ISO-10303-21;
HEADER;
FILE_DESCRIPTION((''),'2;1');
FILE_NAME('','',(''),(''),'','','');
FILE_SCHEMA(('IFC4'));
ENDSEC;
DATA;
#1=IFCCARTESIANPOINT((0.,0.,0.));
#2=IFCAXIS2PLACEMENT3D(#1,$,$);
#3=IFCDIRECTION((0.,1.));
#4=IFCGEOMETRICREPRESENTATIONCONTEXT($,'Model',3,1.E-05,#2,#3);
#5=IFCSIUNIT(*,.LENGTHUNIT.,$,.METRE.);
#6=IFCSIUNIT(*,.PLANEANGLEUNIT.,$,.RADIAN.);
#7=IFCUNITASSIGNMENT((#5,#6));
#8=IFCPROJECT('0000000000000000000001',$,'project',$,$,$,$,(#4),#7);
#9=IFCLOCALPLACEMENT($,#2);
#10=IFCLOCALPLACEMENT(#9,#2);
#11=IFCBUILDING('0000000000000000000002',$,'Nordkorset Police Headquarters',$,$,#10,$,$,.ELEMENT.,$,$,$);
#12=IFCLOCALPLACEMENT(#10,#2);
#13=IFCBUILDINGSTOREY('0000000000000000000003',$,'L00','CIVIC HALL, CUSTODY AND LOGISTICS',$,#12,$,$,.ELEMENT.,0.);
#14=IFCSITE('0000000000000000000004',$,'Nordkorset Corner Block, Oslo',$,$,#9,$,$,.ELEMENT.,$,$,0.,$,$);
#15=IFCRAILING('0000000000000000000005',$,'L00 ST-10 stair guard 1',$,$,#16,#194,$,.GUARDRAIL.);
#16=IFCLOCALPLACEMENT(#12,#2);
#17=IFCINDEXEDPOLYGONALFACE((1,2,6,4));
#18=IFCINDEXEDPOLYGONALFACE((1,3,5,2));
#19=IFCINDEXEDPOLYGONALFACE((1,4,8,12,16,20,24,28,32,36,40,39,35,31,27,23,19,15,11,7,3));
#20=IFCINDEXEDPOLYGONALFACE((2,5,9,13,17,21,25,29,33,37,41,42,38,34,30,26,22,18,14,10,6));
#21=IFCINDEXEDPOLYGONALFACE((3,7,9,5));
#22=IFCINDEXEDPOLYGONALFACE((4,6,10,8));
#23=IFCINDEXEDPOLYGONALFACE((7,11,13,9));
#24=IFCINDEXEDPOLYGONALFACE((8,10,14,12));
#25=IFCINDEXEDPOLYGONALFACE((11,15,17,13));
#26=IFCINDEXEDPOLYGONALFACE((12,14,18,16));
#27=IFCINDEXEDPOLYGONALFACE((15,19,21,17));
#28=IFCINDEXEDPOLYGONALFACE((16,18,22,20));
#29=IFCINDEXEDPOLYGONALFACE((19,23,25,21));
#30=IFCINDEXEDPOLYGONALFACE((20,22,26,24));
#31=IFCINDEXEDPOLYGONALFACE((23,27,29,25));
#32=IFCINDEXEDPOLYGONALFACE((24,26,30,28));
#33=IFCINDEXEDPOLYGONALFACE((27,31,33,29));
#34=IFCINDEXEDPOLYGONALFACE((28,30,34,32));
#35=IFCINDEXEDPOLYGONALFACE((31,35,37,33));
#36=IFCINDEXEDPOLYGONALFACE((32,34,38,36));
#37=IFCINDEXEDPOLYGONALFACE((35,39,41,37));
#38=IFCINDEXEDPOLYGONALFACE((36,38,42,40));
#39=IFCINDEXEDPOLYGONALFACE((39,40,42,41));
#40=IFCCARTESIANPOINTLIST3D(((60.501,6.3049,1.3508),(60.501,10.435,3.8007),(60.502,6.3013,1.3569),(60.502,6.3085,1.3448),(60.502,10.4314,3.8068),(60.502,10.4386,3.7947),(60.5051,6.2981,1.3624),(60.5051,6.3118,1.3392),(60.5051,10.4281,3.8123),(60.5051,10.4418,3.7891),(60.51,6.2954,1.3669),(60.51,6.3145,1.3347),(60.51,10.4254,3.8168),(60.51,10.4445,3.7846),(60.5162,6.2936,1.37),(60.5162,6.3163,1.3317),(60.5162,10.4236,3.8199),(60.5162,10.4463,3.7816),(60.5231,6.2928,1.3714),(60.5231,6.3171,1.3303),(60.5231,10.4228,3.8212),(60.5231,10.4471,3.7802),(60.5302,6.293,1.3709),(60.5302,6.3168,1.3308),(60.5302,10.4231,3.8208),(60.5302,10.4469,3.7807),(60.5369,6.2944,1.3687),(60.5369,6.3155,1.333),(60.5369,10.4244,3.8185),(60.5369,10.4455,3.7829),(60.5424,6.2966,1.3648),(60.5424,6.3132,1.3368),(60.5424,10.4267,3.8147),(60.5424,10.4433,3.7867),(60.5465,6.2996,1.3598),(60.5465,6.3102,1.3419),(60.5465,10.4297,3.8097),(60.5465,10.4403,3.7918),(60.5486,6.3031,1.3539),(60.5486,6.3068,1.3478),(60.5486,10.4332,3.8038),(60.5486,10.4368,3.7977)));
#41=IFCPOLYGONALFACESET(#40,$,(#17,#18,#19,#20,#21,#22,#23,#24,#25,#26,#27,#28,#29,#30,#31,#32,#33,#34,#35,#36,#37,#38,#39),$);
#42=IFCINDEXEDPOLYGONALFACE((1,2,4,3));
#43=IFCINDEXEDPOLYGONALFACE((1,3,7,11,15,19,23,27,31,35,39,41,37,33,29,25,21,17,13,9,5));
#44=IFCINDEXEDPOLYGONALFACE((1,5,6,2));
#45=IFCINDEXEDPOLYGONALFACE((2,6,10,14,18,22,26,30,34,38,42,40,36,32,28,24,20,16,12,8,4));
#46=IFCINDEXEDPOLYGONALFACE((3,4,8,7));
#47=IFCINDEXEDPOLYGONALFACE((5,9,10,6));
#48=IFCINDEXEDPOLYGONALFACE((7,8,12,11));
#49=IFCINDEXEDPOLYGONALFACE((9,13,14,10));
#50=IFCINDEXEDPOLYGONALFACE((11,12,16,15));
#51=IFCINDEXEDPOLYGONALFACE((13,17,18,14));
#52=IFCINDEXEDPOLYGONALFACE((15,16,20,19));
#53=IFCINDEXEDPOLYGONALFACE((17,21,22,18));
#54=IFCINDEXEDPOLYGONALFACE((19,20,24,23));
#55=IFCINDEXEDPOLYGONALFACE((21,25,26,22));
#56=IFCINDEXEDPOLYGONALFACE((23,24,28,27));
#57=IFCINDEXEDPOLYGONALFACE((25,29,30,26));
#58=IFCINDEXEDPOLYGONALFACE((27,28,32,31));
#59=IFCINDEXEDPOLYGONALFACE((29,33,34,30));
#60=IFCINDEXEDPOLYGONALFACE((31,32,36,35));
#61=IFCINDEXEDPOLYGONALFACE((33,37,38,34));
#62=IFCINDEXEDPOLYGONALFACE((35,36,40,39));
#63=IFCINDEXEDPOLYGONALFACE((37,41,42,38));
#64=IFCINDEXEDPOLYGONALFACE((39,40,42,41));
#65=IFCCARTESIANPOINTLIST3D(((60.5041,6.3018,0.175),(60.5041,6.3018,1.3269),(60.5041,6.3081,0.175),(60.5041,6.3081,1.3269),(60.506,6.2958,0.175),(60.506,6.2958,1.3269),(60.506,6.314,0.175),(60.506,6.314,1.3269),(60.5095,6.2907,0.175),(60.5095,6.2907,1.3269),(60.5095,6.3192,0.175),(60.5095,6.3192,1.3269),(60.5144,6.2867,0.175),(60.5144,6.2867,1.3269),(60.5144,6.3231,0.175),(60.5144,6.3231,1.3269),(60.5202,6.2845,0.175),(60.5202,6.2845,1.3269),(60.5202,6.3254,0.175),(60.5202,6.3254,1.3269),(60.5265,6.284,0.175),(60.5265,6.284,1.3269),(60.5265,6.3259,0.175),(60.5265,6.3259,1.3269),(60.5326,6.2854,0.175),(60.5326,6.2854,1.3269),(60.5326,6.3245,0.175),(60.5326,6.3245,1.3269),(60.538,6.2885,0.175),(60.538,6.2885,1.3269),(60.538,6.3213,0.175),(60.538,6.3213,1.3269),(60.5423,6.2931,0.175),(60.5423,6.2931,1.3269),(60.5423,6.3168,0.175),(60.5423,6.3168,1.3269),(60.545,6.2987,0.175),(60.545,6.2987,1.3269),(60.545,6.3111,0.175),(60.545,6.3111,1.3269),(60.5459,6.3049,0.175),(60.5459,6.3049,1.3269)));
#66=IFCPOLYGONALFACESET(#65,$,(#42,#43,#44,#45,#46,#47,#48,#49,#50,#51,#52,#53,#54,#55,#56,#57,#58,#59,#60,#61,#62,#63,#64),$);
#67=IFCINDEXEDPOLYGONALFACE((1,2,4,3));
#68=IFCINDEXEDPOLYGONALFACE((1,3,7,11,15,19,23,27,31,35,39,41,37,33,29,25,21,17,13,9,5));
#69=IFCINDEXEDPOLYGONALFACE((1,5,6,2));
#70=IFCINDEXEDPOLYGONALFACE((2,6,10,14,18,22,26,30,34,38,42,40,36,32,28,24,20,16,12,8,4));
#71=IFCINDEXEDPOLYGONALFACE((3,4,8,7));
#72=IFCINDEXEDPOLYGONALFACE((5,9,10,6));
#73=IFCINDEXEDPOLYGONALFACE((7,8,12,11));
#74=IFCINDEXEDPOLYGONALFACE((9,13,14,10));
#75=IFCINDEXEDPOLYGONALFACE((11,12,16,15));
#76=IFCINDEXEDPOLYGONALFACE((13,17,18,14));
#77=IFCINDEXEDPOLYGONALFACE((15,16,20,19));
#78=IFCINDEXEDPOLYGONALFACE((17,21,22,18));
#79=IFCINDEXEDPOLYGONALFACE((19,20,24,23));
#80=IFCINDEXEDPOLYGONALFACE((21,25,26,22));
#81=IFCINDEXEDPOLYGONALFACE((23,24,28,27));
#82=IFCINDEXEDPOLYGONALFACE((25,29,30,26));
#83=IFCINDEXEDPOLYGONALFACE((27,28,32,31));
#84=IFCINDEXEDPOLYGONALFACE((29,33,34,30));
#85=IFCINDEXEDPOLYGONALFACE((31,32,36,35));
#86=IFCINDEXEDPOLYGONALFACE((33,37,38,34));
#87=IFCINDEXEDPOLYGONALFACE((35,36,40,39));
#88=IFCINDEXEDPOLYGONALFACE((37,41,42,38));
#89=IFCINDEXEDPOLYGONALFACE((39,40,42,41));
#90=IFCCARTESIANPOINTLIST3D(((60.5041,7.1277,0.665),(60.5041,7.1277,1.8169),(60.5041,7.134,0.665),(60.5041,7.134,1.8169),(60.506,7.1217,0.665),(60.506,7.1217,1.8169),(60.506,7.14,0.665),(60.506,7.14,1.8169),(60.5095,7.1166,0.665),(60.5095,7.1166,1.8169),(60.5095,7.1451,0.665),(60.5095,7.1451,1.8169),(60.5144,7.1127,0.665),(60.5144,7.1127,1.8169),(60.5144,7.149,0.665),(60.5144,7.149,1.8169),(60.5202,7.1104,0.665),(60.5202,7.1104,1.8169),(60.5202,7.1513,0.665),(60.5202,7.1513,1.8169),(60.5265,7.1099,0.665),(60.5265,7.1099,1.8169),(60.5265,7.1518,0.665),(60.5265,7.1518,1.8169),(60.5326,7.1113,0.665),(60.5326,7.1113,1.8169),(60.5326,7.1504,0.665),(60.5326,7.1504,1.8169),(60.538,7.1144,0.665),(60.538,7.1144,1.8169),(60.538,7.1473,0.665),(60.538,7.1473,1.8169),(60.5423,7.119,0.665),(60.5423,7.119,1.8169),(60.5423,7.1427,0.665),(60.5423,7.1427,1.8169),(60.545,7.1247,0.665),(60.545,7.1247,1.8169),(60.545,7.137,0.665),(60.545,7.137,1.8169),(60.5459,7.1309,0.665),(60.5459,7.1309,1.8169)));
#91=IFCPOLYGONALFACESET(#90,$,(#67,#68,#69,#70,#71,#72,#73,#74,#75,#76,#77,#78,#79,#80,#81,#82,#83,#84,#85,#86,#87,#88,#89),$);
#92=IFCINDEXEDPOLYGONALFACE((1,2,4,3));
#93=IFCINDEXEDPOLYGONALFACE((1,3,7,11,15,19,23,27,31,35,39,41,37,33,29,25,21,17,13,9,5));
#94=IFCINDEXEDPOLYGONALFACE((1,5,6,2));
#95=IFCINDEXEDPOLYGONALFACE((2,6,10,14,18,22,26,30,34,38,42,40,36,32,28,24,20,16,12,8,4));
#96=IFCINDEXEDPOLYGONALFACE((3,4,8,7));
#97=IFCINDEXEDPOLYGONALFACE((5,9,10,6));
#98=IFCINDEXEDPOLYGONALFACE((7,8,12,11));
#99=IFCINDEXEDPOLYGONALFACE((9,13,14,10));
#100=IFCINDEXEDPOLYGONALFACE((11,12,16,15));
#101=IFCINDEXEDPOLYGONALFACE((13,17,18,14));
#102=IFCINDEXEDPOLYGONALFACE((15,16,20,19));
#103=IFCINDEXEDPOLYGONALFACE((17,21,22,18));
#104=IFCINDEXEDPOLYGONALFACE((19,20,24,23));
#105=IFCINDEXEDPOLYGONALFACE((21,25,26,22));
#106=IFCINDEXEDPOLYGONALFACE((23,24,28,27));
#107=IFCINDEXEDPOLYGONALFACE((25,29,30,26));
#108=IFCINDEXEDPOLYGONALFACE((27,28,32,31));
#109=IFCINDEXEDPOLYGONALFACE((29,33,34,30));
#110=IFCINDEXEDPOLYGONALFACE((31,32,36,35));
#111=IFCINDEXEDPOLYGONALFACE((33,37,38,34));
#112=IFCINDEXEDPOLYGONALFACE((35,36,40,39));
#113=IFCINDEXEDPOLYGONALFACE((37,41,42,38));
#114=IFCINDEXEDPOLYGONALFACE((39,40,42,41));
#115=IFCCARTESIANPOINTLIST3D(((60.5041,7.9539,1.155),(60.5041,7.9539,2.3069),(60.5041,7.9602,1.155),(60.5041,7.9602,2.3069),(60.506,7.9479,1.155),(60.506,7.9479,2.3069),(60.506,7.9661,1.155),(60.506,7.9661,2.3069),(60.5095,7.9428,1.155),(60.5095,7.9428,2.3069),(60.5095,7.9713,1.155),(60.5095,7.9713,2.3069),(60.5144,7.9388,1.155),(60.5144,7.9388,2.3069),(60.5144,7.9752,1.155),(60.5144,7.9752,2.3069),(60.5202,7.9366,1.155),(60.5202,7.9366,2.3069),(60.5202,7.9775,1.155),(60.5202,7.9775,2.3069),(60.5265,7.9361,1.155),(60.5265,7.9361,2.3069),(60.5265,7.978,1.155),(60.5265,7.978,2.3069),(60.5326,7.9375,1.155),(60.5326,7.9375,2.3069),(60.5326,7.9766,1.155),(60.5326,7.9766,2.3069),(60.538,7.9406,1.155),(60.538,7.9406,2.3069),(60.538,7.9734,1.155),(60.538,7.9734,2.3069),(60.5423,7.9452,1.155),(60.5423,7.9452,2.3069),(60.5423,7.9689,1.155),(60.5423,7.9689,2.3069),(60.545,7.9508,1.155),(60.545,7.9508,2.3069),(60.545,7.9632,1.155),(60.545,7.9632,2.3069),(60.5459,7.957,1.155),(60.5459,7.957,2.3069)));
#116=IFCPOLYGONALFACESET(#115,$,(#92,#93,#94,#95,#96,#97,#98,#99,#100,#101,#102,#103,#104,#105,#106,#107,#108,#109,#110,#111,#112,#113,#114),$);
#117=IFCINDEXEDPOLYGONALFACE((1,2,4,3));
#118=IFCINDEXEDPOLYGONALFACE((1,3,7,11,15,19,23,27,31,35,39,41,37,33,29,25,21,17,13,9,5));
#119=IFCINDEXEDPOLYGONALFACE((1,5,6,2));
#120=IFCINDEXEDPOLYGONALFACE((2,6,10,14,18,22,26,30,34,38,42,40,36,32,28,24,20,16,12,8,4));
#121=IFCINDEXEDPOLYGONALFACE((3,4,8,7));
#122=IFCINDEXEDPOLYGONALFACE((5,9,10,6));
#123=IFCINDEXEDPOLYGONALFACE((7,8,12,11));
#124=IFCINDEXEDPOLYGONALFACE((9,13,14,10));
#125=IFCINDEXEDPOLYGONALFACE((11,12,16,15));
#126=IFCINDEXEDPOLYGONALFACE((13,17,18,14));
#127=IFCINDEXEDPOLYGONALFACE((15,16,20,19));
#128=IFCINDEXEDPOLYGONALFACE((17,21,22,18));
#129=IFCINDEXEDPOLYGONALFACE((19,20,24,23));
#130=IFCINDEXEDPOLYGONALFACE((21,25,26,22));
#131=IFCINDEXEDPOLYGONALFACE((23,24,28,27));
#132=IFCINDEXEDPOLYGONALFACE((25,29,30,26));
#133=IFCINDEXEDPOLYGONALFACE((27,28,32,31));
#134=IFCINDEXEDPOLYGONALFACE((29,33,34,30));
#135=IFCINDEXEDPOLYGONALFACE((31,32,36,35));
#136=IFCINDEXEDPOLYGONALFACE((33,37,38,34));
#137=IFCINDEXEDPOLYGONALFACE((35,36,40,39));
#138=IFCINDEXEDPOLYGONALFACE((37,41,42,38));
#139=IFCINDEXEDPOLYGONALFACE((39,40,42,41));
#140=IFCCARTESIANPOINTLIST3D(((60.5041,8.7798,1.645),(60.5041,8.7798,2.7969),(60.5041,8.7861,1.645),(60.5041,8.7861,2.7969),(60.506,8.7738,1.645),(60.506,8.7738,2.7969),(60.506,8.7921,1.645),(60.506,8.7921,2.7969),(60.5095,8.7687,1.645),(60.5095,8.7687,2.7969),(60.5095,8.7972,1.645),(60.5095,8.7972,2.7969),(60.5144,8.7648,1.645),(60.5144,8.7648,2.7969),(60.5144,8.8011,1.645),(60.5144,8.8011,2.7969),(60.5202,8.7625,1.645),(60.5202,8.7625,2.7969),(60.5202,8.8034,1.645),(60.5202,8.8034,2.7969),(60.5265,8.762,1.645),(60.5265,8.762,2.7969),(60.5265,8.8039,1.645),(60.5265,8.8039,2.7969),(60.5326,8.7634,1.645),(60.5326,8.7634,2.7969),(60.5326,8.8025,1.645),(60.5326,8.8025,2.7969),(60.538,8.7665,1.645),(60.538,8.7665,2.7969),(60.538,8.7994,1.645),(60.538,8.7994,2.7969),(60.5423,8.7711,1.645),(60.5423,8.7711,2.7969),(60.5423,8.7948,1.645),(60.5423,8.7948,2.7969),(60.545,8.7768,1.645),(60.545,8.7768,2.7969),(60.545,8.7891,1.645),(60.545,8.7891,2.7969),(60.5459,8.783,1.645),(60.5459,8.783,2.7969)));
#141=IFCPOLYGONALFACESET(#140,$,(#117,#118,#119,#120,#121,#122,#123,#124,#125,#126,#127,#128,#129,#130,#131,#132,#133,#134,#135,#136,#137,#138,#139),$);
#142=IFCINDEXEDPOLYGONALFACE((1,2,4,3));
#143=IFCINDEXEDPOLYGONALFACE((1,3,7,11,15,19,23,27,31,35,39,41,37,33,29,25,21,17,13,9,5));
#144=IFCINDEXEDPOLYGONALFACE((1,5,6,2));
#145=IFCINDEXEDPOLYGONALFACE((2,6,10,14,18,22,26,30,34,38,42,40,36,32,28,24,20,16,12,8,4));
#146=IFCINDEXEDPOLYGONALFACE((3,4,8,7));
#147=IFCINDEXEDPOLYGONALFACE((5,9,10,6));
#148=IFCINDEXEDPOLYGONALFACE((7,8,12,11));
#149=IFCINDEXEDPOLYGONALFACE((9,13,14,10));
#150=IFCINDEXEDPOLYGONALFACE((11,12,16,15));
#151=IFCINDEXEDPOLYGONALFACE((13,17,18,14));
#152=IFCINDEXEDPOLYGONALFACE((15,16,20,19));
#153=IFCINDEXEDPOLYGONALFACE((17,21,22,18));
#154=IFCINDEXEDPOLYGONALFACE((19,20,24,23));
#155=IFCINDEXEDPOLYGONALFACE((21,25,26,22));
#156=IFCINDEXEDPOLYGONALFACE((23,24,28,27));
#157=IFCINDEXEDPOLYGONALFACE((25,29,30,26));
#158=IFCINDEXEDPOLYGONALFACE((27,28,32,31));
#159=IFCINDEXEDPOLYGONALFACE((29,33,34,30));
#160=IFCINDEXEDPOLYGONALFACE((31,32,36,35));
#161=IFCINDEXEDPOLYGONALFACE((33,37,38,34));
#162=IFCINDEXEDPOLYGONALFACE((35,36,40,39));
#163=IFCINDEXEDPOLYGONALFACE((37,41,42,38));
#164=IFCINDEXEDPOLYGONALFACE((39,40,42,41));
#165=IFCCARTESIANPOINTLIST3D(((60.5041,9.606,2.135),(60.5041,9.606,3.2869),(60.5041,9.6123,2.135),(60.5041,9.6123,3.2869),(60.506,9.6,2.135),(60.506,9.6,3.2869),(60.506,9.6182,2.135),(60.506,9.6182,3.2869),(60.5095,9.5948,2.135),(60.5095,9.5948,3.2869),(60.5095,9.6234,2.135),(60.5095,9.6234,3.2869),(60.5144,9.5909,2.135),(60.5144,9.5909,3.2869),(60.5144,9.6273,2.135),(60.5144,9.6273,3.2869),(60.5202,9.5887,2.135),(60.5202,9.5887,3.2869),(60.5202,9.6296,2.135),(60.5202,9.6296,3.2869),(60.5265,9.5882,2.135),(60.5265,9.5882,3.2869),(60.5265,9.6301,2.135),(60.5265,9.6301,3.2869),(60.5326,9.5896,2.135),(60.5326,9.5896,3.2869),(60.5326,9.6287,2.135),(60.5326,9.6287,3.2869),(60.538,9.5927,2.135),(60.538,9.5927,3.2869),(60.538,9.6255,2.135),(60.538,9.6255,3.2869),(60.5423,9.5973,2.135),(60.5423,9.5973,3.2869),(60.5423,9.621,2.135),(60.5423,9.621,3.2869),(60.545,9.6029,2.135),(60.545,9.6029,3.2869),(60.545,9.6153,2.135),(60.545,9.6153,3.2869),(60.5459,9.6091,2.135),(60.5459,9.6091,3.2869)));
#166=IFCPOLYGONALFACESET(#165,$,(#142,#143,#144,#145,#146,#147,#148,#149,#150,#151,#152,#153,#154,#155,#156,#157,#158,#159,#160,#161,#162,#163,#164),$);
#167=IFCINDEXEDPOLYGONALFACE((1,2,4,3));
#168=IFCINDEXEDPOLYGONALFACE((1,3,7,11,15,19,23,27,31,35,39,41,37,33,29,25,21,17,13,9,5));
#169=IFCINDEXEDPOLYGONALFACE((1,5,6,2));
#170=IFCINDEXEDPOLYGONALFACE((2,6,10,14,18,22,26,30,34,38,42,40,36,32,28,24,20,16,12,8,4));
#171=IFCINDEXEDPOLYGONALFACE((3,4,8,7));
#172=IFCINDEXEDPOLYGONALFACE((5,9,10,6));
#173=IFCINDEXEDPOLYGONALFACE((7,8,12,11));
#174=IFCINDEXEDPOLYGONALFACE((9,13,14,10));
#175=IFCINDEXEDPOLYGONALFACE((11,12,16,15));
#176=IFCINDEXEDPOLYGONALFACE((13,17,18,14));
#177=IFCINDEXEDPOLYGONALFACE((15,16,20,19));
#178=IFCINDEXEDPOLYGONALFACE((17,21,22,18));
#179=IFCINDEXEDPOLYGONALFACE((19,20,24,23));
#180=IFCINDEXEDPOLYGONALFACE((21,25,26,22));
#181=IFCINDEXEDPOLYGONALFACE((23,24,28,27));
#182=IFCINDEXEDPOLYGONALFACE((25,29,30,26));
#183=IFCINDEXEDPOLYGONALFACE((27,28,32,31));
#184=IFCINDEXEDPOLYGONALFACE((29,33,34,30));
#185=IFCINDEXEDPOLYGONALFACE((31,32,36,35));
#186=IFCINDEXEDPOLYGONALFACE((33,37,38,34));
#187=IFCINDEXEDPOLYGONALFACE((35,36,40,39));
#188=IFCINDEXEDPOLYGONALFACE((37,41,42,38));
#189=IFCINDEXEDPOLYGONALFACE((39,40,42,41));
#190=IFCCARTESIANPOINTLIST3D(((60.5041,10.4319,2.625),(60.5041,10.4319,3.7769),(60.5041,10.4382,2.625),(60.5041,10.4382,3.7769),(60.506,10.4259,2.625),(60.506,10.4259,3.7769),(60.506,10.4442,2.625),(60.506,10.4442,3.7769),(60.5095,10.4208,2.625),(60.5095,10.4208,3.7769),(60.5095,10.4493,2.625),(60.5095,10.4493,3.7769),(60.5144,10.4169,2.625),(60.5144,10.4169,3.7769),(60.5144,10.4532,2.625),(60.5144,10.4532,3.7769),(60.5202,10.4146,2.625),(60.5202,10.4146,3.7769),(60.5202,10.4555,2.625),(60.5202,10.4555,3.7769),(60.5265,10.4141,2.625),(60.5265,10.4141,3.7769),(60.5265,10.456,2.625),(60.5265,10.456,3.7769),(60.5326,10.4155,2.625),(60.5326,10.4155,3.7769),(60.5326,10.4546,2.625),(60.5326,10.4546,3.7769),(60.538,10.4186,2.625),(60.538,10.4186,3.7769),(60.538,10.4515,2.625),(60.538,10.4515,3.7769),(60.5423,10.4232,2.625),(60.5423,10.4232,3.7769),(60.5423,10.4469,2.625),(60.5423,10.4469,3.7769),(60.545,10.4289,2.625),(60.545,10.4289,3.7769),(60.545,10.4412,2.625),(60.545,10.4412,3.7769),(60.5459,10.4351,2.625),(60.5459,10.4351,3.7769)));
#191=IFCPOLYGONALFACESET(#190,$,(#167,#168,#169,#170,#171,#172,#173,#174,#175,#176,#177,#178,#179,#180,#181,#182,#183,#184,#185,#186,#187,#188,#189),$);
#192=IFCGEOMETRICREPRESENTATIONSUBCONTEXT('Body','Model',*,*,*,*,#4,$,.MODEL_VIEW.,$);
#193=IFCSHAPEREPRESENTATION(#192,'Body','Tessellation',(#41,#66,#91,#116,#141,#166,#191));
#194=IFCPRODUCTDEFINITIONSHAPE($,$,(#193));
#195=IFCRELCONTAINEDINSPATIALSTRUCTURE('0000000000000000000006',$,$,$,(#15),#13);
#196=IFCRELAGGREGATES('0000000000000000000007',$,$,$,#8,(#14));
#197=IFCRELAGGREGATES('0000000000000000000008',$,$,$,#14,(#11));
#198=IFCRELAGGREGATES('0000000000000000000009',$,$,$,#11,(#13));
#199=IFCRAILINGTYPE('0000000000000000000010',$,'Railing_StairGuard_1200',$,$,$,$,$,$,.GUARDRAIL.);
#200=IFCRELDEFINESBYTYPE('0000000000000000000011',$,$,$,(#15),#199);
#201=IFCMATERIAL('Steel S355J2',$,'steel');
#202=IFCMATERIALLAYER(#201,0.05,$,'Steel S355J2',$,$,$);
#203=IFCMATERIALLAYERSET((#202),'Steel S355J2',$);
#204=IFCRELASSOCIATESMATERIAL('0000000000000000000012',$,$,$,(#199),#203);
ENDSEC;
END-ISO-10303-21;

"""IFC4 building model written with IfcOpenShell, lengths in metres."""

from ifc_helpers import new_model, si_unit, direction, frame, origin, origin_2d, place, context, subcontext, project, spatial, circle, extrude, material, layer, layer_set, type_object, element, save


model = new_model("IFC4")

# Units and contexts
model_context = context("Model", 3, precision=1e-05, world=origin(), true_north=direction((0.0, 1.0)))
body_context = subcontext(model_context, "Body", "Model", "MODEL_VIEW")
ifc_project = project(units=[si_unit("LENGTHUNIT", "METRE"), si_unit("PLANEANGLEUNIT", "RADIAN")], contexts=[model_context])

# Site, building, storey
site_placement = place(None, origin())
site = spatial("IfcSite", under=ifc_project, at=site_placement, Name="Nordkorset Corner Block, Oslo", CompositionType="ELEMENT", RefElevation=0.0)
building_placement = place(site_placement, origin())
building = spatial("IfcBuilding", under=site, at=building_placement, Name="Nordkorset Police Headquarters", CompositionType="ELEMENT")
storey_placement = place(building_placement, origin())
storey = spatial("IfcBuildingStorey", under=building, at=storey_placement, Name="L00", Description="CIVIC HALL, CUSTODY AND LOGISTICS", CompositionType="ELEMENT", Elevation=0.0)

# Railing
ifc_material_1 = material(Name="Steel S355J2", Category="steel")
ifc_layer_1 = layer(ifc_material_1, 0.05, Name="Steel S355J2")
ifc_layer_set_1 = layer_set([ifc_layer_1], Name="Steel S355J2")
railing_type_1 = type_object("IfcRailingType", Name="Railing_StairGuard_1200", PredefinedType="GUARDRAIL", material=ifc_layer_set_1)
railing_1_placement = place(storey_placement, frame((60.5249, 6.3049, 0.175)))
element("IfcRailing", 1, at=railing_1_placement, inside=storey, type_object=railing_type_1, Name="L00 ST-10 stair guard 1", PredefinedType="GUARDRAIL", context=body_context, shape_type="SweptSolid", body=[
    extrude(circle(Radius=0.0239, at=origin_2d()), frame((0.0, 0.0, 1.1758), z_axis=(0.0, 0.860066, 0.510183), x_axis=(-1.0, 0.0, 0.0)), (0.0, 0.0, 1.0), 4.802),
    extrude(circle(Radius=0.021, at=origin_2d()), origin(), (0.0, 0.0, 1.0), 1.1519),
    extrude(circle(Radius=0.021, at=origin_2d()), frame((0.0, 0.8259, 0.49)), (0.0, 0.0, 1.0), 1.1519),
    extrude(circle(Radius=0.021, at=origin_2d()), frame((0.0, 1.6521, 0.98)), (0.0, 0.0, 1.0), 1.1519),
    extrude(circle(Radius=0.021, at=origin_2d()), frame((0.0, 2.478, 1.47)), (0.0, 0.0, 1.0), 1.1519),
    extrude(circle(Radius=0.021, at=origin_2d()), frame((0.0, 3.3042, 1.96)), (0.0, 0.0, 1.0), 1.1519),
    extrude(circle(Radius=0.021, at=origin_2d()), frame((0.0, 4.1301, 2.45)), (0.0, 0.0, 1.0), 1.1519),
])

save(model, "model.ifc")
